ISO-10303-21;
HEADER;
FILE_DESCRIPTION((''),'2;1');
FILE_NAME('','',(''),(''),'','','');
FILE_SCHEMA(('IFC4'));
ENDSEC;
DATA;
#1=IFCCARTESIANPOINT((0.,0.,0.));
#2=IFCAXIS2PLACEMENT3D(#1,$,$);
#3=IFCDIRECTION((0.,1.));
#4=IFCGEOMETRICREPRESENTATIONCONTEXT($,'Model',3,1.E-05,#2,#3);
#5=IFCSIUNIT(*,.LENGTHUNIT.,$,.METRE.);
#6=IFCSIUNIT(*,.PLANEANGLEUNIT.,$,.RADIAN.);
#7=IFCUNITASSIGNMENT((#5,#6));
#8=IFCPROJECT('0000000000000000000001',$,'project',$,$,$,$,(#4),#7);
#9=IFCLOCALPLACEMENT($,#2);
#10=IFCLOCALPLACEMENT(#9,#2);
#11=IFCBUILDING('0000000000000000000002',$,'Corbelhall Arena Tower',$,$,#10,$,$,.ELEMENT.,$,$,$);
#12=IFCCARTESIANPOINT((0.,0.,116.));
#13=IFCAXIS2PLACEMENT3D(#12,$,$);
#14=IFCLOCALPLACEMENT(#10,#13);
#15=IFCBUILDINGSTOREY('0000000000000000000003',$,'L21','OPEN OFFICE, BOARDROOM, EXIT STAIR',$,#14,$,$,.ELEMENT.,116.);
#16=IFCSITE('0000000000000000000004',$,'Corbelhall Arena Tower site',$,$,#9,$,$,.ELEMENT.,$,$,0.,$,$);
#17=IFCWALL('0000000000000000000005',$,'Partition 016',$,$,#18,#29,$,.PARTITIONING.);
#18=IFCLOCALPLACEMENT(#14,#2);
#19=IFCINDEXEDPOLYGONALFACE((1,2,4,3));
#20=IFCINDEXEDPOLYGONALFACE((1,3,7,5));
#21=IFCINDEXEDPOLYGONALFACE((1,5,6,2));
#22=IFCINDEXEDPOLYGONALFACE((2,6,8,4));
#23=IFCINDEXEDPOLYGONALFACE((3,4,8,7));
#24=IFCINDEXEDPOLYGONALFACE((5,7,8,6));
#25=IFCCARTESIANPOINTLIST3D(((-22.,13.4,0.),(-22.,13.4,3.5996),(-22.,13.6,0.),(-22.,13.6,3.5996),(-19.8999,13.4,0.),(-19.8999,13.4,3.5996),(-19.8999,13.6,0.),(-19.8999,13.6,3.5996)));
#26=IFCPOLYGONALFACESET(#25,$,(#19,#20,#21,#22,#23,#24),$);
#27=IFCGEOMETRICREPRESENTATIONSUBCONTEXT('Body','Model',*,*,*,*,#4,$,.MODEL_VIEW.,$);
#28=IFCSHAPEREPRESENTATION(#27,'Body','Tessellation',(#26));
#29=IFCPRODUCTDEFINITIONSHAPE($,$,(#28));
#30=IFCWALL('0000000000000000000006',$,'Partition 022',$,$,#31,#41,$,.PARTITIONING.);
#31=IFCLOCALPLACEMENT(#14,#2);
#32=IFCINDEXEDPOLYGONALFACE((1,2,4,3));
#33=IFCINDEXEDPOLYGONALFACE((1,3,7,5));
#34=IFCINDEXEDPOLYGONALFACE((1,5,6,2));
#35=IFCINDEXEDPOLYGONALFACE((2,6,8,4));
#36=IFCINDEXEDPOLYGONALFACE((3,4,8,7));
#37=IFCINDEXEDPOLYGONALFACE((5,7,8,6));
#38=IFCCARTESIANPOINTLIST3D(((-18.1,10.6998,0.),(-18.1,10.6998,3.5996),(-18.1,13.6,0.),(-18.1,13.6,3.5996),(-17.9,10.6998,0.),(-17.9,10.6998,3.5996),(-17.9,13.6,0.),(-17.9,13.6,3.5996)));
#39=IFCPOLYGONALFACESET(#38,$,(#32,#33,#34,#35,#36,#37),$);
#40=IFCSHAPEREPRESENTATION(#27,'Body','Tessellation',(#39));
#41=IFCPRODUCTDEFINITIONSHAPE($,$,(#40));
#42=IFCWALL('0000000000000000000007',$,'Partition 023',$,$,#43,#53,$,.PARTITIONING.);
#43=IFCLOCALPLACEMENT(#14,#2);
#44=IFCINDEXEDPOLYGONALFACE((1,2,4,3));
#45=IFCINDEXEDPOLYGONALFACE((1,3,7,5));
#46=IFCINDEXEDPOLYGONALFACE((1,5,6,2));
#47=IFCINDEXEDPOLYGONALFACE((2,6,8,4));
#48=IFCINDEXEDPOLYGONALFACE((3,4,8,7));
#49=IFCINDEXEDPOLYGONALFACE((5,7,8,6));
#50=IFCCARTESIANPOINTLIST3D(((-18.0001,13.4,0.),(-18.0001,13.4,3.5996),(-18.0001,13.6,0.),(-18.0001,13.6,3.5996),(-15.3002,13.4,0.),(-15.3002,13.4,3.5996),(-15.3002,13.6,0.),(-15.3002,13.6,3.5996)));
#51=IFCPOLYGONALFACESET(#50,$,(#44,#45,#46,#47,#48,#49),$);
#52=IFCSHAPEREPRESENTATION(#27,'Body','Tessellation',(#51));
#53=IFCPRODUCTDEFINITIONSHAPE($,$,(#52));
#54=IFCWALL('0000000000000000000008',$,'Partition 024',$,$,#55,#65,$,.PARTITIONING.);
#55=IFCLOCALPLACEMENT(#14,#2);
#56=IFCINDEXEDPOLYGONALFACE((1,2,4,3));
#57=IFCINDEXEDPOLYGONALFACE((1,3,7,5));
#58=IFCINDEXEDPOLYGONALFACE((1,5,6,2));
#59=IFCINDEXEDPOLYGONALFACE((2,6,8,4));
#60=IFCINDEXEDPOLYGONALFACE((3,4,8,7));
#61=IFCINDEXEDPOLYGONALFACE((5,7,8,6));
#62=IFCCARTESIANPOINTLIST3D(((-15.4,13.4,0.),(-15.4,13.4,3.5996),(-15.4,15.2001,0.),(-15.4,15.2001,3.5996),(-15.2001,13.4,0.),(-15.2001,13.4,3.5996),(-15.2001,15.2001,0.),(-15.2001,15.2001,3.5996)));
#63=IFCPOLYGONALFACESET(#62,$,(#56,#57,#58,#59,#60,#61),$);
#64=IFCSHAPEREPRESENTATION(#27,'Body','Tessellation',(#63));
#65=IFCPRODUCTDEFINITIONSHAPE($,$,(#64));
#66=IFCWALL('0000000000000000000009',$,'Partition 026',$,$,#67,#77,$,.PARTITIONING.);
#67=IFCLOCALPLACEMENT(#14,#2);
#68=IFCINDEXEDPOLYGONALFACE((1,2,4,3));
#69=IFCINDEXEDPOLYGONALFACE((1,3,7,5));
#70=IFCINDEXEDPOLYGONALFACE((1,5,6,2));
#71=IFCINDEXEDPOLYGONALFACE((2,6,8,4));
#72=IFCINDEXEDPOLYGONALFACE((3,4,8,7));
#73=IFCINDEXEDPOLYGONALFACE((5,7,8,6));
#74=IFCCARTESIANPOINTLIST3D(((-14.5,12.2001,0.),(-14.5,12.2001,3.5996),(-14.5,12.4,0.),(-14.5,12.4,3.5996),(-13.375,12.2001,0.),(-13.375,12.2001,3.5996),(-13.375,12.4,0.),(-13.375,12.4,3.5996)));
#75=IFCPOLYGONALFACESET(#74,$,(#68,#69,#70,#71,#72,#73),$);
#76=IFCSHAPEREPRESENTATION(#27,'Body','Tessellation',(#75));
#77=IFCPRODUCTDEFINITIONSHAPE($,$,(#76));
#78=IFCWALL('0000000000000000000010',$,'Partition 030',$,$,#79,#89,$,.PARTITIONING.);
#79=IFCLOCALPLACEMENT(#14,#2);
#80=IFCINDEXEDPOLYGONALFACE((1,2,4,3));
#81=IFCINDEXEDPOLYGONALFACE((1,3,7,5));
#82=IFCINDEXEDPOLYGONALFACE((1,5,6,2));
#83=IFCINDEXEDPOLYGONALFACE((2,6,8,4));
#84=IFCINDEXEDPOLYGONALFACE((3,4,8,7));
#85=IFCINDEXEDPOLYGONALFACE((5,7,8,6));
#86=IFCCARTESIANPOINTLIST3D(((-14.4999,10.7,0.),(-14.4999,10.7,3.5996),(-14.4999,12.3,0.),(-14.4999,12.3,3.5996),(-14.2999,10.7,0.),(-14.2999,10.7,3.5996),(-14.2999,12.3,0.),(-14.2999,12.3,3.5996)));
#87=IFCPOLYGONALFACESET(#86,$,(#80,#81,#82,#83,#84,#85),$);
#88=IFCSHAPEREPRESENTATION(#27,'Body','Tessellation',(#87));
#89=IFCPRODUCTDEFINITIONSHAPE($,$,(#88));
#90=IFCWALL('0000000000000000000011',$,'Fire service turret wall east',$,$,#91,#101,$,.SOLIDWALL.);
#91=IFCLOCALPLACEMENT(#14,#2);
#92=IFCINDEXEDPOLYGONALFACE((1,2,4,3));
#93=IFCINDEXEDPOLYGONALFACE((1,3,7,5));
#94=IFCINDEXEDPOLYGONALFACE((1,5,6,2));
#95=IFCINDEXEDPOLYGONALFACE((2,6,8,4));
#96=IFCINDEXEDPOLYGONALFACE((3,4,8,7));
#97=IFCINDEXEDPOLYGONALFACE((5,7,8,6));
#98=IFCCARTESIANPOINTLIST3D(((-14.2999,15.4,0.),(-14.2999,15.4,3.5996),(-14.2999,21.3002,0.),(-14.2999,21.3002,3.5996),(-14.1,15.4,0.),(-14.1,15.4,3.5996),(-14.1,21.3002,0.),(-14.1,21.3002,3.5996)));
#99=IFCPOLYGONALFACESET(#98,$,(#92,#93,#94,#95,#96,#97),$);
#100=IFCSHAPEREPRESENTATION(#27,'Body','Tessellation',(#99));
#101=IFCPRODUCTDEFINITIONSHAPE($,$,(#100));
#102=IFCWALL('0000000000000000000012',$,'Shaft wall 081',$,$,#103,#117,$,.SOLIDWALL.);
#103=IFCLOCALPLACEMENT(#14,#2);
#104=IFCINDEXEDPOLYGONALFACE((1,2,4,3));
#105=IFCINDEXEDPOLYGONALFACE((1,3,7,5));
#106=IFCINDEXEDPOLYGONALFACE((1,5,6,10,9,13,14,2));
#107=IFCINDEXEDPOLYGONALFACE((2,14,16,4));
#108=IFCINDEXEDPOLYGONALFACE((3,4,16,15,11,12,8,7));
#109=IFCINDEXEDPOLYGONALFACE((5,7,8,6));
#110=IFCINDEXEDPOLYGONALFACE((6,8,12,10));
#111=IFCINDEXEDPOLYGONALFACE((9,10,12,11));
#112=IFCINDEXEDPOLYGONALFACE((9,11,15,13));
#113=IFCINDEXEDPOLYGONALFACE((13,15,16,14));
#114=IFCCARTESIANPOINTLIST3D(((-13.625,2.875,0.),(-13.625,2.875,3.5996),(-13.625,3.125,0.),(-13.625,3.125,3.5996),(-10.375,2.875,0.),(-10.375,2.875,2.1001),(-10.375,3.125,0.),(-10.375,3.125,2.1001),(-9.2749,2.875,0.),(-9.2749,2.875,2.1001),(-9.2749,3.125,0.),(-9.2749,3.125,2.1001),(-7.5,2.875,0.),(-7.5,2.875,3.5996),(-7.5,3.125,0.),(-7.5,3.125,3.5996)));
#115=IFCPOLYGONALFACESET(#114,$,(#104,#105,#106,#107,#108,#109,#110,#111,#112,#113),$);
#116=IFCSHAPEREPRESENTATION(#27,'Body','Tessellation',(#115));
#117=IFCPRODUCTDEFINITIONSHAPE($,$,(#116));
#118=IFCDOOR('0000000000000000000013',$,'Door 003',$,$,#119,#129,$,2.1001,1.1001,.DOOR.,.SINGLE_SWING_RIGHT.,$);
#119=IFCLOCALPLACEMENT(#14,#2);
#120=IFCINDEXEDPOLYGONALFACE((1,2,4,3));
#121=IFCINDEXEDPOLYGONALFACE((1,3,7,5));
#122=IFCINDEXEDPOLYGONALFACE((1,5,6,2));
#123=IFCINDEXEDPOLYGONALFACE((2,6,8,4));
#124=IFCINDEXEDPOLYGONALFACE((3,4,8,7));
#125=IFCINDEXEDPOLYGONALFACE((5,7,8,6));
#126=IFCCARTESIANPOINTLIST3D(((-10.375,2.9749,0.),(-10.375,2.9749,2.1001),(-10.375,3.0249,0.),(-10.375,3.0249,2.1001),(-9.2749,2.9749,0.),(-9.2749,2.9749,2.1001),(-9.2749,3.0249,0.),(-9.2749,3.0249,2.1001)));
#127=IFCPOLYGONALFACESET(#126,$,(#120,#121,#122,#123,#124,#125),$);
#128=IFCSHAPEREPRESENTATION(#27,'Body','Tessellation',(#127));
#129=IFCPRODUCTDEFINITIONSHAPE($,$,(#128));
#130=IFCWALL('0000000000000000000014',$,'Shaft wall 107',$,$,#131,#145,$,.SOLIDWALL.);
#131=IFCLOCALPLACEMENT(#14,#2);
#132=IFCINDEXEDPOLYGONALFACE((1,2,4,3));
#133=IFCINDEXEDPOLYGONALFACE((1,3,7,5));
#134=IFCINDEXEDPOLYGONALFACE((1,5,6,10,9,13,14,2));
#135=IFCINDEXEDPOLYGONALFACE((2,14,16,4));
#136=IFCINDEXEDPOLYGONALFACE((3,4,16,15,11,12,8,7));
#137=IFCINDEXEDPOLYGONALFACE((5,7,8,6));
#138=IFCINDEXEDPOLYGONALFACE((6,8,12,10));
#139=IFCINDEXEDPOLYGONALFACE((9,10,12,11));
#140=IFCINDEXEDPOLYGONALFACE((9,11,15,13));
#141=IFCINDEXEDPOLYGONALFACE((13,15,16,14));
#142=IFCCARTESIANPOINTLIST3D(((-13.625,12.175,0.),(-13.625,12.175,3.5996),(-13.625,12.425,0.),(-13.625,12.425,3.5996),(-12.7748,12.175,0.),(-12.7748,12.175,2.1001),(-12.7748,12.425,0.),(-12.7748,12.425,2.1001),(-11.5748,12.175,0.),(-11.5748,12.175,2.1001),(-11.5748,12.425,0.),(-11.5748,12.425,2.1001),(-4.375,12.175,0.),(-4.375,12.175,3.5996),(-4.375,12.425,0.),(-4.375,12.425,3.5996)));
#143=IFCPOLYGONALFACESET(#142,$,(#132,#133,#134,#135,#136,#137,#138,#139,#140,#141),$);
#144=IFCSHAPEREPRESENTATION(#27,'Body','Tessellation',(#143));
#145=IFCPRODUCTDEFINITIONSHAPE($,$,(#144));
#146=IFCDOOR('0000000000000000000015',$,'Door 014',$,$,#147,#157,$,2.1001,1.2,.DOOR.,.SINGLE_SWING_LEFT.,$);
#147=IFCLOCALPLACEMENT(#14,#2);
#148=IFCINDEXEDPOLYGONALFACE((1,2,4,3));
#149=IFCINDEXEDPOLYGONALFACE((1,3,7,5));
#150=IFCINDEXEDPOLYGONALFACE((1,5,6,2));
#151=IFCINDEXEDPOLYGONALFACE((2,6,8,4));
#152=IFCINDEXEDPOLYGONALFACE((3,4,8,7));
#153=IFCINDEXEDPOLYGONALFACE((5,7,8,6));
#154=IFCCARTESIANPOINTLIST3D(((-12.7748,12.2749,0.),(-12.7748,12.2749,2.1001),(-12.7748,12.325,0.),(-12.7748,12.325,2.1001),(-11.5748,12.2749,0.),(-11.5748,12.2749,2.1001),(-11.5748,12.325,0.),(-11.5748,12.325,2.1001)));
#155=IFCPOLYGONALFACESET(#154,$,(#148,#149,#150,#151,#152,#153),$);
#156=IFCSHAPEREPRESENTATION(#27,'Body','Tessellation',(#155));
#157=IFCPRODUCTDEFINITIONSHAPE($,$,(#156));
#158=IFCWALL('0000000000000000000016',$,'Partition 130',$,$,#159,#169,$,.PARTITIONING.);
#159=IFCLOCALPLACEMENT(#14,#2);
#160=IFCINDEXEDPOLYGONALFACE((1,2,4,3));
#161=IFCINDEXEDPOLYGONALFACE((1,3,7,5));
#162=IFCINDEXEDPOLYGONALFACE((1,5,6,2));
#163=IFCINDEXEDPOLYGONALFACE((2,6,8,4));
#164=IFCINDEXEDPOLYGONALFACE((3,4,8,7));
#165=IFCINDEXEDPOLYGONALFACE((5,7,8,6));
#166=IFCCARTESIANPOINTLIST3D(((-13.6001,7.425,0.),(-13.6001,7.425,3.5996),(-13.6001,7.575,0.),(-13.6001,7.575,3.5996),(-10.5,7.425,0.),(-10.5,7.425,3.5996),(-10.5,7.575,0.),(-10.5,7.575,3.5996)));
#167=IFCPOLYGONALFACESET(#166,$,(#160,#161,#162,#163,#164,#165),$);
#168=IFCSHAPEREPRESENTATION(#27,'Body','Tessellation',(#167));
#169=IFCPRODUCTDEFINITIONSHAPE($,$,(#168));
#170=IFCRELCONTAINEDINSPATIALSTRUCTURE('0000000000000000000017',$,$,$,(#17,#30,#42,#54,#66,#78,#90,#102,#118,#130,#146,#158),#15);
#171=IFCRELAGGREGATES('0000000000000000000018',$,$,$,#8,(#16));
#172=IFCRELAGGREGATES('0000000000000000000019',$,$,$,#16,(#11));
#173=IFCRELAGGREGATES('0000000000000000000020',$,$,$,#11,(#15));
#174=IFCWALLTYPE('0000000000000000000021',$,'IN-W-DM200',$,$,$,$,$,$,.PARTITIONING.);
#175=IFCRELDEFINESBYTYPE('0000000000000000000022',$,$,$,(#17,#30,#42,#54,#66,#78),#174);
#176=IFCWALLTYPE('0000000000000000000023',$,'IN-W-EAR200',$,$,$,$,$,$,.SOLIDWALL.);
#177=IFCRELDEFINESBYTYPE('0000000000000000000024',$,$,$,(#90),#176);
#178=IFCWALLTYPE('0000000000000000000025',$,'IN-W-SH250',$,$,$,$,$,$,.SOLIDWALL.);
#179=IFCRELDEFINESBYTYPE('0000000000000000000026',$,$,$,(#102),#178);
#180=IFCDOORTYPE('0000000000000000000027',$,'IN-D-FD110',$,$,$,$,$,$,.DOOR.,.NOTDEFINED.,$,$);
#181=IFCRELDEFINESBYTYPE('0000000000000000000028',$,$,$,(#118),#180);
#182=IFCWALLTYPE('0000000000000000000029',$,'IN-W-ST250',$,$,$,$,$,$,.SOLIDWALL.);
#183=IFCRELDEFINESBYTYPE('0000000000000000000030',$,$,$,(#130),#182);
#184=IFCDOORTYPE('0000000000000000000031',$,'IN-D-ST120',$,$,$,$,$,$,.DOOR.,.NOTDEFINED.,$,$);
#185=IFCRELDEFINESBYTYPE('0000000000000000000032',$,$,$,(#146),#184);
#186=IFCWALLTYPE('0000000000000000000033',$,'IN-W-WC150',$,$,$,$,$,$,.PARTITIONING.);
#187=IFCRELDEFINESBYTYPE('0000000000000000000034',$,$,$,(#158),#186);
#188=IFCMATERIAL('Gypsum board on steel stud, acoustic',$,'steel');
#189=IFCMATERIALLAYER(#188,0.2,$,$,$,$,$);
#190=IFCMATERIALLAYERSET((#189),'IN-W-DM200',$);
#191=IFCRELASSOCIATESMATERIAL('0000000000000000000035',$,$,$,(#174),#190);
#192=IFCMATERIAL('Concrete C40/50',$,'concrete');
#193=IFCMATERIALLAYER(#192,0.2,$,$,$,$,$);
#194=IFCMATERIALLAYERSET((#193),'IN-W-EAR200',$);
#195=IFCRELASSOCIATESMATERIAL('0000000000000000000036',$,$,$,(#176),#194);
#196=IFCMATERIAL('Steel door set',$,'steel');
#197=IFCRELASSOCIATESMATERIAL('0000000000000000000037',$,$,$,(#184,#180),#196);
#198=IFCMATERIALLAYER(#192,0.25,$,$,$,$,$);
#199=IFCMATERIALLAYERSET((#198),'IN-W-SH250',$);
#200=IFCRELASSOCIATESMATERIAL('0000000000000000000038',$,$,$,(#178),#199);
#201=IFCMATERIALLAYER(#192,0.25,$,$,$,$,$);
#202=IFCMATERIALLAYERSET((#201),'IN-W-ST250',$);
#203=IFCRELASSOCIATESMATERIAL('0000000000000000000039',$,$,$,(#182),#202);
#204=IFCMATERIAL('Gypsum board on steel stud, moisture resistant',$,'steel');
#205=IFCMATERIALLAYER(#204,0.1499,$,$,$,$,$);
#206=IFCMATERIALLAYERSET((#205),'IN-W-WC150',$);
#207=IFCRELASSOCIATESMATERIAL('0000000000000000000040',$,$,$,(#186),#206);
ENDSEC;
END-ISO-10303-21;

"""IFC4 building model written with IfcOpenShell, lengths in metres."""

from ifc_helpers import new_model, si_unit, direction, frame, frame_2d, origin, place, context, subcontext, project, spatial, rectangle, extrude, material, layer, layer_set, type_object, element, fill, save


model = new_model("IFC4")

# Units and contexts
model_context = context("Model", 3, precision=1e-05, world=origin(), true_north=direction((0.0, 1.0)))
body_context = subcontext(model_context, "Body", "Model", "MODEL_VIEW")
ifc_project = project(units=[si_unit("LENGTHUNIT", "METRE"), si_unit("PLANEANGLEUNIT", "RADIAN")], contexts=[model_context])

# Site, building, storey
site_placement = place(None, origin())
site = spatial("IfcSite", under=ifc_project, at=site_placement, Name="Corbelhall Arena Tower site", CompositionType="ELEMENT", RefElevation=0.0)
building_placement = place(site_placement, origin())
building = spatial("IfcBuilding", under=site, at=building_placement, Name="Corbelhall Arena Tower", CompositionType="ELEMENT")
storey_placement = place(building_placement, frame((0.0, 0.0, 116.0)))
storey = spatial("IfcBuildingStorey", under=building, at=storey_placement, Name="L21", Description="OPEN OFFICE, BOARDROOM, EXIT STAIR", CompositionType="ELEMENT", Elevation=116.0)

# Wall
ifc_material_1 = material(Name="Gypsum board on steel stud, acoustic", Category="steel")
ifc_layer_1 = layer(ifc_material_1, 0.2)
ifc_layer_set_1 = layer_set([ifc_layer_1], Name="IN-W-DM200")
wall_type_1 = type_object("IfcWallType", Name="IN-W-DM200", PredefinedType="PARTITIONING", material=ifc_layer_set_1)
wall_1_placement = place(storey_placement, frame((-19.8999, 13.5, 0.0), z_axis=(0.0, 0.0, 1.0), x_axis=(-1.0, 0.0, 0.0)))
element("IfcWall", 1, at=wall_1_placement, inside=storey, type_object=wall_type_1, Name="Partition 016", PredefinedType="PARTITIONING", context=body_context, shape_type="SweptSolid", body=[
    extrude(rectangle(XDim=2.1001, YDim=0.2, at=frame_2d((1.05, 0.0))), origin(), (0.0, 0.0, 1.0), 3.5996),
])

# Shared definitions
ifc_material_2 = material(Name="Steel door set", Category="steel")

# Walls
wall_2_placement = place(storey_placement, frame((-18.0, 13.6001, 0.0), z_axis=(0.0, 0.0, 1.0), x_axis=(0.0, -1.0, 0.0)))
element("IfcWall", 2, at=wall_2_placement, inside=storey, type_object=wall_type_1, Name="Partition 022", PredefinedType="PARTITIONING", context=body_context, shape_type="SweptSolid", body=[
    extrude(rectangle(XDim=2.9001, YDim=0.2, at=frame_2d((1.4502, 0.0))), origin(), (0.0, 0.0, 1.0), 3.5996),
])
wall_3_placement = place(storey_placement, frame((-15.3, 13.5, 0.0), z_axis=(0.0, 0.0, 1.0), x_axis=(-1.0, 0.0, 0.0)))
element("IfcWall", 3, at=wall_3_placement, inside=storey, type_object=wall_type_1, Name="Partition 023", PredefinedType="PARTITIONING", context=body_context, shape_type="SweptSolid", body=[
    extrude(rectangle(XDim=2.7, YDim=0.2, at=frame_2d((1.3501, 0.0))), origin(), (0.0, 0.0, 1.0), 3.5996),
])
wall_4_placement = place(storey_placement, frame((-15.3, 15.2, 0.0), z_axis=(0.0, 0.0, 1.0), x_axis=(0.0, -1.0, 0.0)))
element("IfcWall", 4, at=wall_4_placement, inside=storey, type_object=wall_type_1, Name="Partition 024", PredefinedType="PARTITIONING", context=body_context, shape_type="SweptSolid", body=[
    extrude(rectangle(XDim=1.8, YDim=0.2, at=frame_2d((0.8999, 0.0))), origin(), (0.0, 0.0, 1.0), 3.5996),
])
wall_5_placement = place(storey_placement, frame((-14.5, 12.3, 0.0), z_axis=(0.0, 0.0, 1.0), x_axis=(1.0, 0.0, 0.0)))
element("IfcWall", 5, at=wall_5_placement, inside=storey, type_object=wall_type_1, Name="Partition 026", PredefinedType="PARTITIONING", context=body_context, shape_type="SweptSolid", body=[
    extrude(rectangle(XDim=1.125, YDim=0.2, at=frame_2d((0.5625, 0.0))), origin(), (0.0, 0.0, 1.0), 3.5996),
])
wall_6_placement = place(storey_placement, frame((-14.3999, 10.7, 0.0), z_axis=(0.0, 0.0, 1.0), x_axis=(0.0, 1.0, 0.0)))
element("IfcWall", 6, at=wall_6_placement, inside=storey, type_object=wall_type_1, Name="Partition 030", PredefinedType="PARTITIONING", context=body_context, shape_type="SweptSolid", body=[
    extrude(rectangle(XDim=1.6001, YDim=0.2, at=frame_2d((0.8, 0.0))), origin(), (0.0, 0.0, 1.0), 3.5996),
])
ifc_material_3 = material(Name="Concrete C40/50", Category="concrete")
ifc_layer_2 = layer(ifc_material_3, 0.2)
ifc_layer_set_2 = layer_set([ifc_layer_2], Name="IN-W-EAR200")
wall_type_2 = type_object("IfcWallType", Name="IN-W-EAR200", PredefinedType="SOLIDWALL", material=ifc_layer_set_2)
wall_7_placement = place(storey_placement, frame((-14.2, 15.3999, 0.0), z_axis=(0.0, 0.0, 1.0), x_axis=(0.0, 1.0, 0.0)))
element("IfcWall", 7, at=wall_7_placement, inside=storey, type_object=wall_type_2, Name="Fire service turret wall east", PredefinedType="SOLIDWALL", context=body_context, shape_type="SweptSolid", body=[
    extrude(rectangle(XDim=5.9001, YDim=0.2, at=frame_2d((2.9502, 0.0))), origin(), (0.0, 0.0, 1.0), 3.5996),
])

# Walls, openings, doors
door_type_1 = type_object("IfcDoorType", Name="IN-D-ST120", OperationType="NOTDEFINED", PredefinedType="DOOR", material=ifc_material_2)
door_type_2 = type_object("IfcDoorType", Name="IN-D-FD110", OperationType="NOTDEFINED", PredefinedType="DOOR", material=ifc_material_2)
ifc_layer_3 = layer(ifc_material_3, 0.25)
ifc_layer_set_3 = layer_set([ifc_layer_3], Name="IN-W-SH250")
wall_type_3 = type_object("IfcWallType", Name="IN-W-SH250", PredefinedType="SOLIDWALL", material=ifc_layer_set_3)
wall_8_placement = place(storey_placement, frame((-13.625, 3.0, 0.0), z_axis=(0.0, 0.0, 1.0), x_axis=(1.0, 0.0, 0.0)))
wall_8 = element("IfcWall", 8, at=wall_8_placement, inside=storey, type_object=wall_type_3, Name="Shaft wall 081", PredefinedType="SOLIDWALL", context=body_context, shape_type="SweptSolid", body=[
    extrude(rectangle(XDim=6.125, YDim=0.25, at=frame_2d((3.0625, 0.0))), origin(), (0.0, 0.0, 1.0), 3.5996),
])
opening_1_placement = place(wall_8_placement, frame((3.25, 0.0, 0.0)))
opening_1 = element("IfcOpeningElement", 9, at=opening_1_placement, cuts=wall_8, PredefinedType="OPENING", context=body_context, shape_type="SweptSolid", body=[
    extrude(rectangle(XDim=1.1001, YDim=2.1001, at=frame_2d((0.55, 1.05))), frame((0.0, 0.125, 0.0), z_axis=(0.0, -1.0, 0.0), x_axis=(1.0, 0.0, 0.0)), (0.0, 0.0, 1.0), 0.25),
])
door_1_placement = place(opening_1_placement, origin())
door_1 = element("IfcDoor", 10, at=door_1_placement, inside=storey, type_object=door_type_2, Name="Door 003", OperationType="SINGLE_SWING_RIGHT", OverallHeight=2.1001, OverallWidth=1.1001, PredefinedType="DOOR", context=body_context, shape_type="SweptSolid", body=[
    extrude(rectangle(XDim=1.1001, YDim=2.1001, at=frame_2d((0.55, 1.05))), frame((0.0, 0.0249, 0.0), z_axis=(0.0, -1.0, 0.0), x_axis=(1.0, 0.0, 0.0)), (0.0, 0.0, 1.0), 0.05),
])
fill(opening_1, door_1)
ifc_layer_4 = layer(ifc_material_3, 0.25)
ifc_layer_set_4 = layer_set([ifc_layer_4], Name="IN-W-ST250")
wall_type_4 = type_object("IfcWallType", Name="IN-W-ST250", PredefinedType="SOLIDWALL", material=ifc_layer_set_4)
wall_9_placement = place(storey_placement, frame((-13.625, 12.3, 0.0), z_axis=(0.0, 0.0, 1.0), x_axis=(1.0, 0.0, 0.0)))
wall_9 = element("IfcWall", 11, at=wall_9_placement, inside=storey, type_object=wall_type_4, Name="Shaft wall 107", PredefinedType="SOLIDWALL", context=body_context, shape_type="SweptSolid", body=[
    extrude(rectangle(XDim=9.25, YDim=0.25, at=frame_2d((4.625, 0.0))), origin(), (0.0, 0.0, 1.0), 3.5996),
])
opening_2_placement = place(wall_9_placement, frame((0.8501, 0.0, 0.0)))
opening_2 = element("IfcOpeningElement", 12, at=opening_2_placement, cuts=wall_9, PredefinedType="OPENING", context=body_context, shape_type="SweptSolid", body=[
    extrude(rectangle(XDim=1.2, YDim=2.1001, at=frame_2d((0.6001, 1.05))), frame((0.0, 0.125, 0.0), z_axis=(0.0, -1.0, 0.0), x_axis=(1.0, 0.0, 0.0)), (0.0, 0.0, 1.0), 0.25),
])
door_2_placement = place(opening_2_placement, origin())
door_2 = element("IfcDoor", 13, at=door_2_placement, inside=storey, type_object=door_type_1, Name="Door 014", OperationType="SINGLE_SWING_LEFT", OverallHeight=2.1001, OverallWidth=1.2, PredefinedType="DOOR", context=body_context, shape_type="SweptSolid", body=[
    extrude(rectangle(XDim=1.2, YDim=2.1001, at=frame_2d((0.6001, 1.05))), frame((0.0, 0.0249, 0.0), z_axis=(0.0, -1.0, 0.0), x_axis=(1.0, 0.0, 0.0)), (0.0, 0.0, 1.0), 0.05),
])
fill(opening_2, door_2)

# Wall
ifc_material_4 = material(Name="Gypsum board on steel stud, moisture resistant", Category="steel")
ifc_layer_5 = layer(ifc_material_4, 0.1499)
ifc_layer_set_5 = layer_set([ifc_layer_5], Name="IN-W-WC150")
wall_type_5 = type_object("IfcWallType", Name="IN-W-WC150", PredefinedType="PARTITIONING", material=ifc_layer_set_5)
wall_10_placement = place(storey_placement, frame((-13.6001, 7.5, 0.0), z_axis=(0.0, 0.0, 1.0), x_axis=(1.0, 0.0, 0.0)))
element("IfcWall", 14, at=wall_10_placement, inside=storey, type_object=wall_type_5, Name="Partition 130", PredefinedType="PARTITIONING", context=body_context, shape_type="SweptSolid", body=[
    extrude(rectangle(XDim=3.1001, YDim=0.1499, at=frame_2d((1.55, 0.0))), origin(), (0.0, 0.0, 1.0), 3.5996),
])

save(model, "model.ifc")
